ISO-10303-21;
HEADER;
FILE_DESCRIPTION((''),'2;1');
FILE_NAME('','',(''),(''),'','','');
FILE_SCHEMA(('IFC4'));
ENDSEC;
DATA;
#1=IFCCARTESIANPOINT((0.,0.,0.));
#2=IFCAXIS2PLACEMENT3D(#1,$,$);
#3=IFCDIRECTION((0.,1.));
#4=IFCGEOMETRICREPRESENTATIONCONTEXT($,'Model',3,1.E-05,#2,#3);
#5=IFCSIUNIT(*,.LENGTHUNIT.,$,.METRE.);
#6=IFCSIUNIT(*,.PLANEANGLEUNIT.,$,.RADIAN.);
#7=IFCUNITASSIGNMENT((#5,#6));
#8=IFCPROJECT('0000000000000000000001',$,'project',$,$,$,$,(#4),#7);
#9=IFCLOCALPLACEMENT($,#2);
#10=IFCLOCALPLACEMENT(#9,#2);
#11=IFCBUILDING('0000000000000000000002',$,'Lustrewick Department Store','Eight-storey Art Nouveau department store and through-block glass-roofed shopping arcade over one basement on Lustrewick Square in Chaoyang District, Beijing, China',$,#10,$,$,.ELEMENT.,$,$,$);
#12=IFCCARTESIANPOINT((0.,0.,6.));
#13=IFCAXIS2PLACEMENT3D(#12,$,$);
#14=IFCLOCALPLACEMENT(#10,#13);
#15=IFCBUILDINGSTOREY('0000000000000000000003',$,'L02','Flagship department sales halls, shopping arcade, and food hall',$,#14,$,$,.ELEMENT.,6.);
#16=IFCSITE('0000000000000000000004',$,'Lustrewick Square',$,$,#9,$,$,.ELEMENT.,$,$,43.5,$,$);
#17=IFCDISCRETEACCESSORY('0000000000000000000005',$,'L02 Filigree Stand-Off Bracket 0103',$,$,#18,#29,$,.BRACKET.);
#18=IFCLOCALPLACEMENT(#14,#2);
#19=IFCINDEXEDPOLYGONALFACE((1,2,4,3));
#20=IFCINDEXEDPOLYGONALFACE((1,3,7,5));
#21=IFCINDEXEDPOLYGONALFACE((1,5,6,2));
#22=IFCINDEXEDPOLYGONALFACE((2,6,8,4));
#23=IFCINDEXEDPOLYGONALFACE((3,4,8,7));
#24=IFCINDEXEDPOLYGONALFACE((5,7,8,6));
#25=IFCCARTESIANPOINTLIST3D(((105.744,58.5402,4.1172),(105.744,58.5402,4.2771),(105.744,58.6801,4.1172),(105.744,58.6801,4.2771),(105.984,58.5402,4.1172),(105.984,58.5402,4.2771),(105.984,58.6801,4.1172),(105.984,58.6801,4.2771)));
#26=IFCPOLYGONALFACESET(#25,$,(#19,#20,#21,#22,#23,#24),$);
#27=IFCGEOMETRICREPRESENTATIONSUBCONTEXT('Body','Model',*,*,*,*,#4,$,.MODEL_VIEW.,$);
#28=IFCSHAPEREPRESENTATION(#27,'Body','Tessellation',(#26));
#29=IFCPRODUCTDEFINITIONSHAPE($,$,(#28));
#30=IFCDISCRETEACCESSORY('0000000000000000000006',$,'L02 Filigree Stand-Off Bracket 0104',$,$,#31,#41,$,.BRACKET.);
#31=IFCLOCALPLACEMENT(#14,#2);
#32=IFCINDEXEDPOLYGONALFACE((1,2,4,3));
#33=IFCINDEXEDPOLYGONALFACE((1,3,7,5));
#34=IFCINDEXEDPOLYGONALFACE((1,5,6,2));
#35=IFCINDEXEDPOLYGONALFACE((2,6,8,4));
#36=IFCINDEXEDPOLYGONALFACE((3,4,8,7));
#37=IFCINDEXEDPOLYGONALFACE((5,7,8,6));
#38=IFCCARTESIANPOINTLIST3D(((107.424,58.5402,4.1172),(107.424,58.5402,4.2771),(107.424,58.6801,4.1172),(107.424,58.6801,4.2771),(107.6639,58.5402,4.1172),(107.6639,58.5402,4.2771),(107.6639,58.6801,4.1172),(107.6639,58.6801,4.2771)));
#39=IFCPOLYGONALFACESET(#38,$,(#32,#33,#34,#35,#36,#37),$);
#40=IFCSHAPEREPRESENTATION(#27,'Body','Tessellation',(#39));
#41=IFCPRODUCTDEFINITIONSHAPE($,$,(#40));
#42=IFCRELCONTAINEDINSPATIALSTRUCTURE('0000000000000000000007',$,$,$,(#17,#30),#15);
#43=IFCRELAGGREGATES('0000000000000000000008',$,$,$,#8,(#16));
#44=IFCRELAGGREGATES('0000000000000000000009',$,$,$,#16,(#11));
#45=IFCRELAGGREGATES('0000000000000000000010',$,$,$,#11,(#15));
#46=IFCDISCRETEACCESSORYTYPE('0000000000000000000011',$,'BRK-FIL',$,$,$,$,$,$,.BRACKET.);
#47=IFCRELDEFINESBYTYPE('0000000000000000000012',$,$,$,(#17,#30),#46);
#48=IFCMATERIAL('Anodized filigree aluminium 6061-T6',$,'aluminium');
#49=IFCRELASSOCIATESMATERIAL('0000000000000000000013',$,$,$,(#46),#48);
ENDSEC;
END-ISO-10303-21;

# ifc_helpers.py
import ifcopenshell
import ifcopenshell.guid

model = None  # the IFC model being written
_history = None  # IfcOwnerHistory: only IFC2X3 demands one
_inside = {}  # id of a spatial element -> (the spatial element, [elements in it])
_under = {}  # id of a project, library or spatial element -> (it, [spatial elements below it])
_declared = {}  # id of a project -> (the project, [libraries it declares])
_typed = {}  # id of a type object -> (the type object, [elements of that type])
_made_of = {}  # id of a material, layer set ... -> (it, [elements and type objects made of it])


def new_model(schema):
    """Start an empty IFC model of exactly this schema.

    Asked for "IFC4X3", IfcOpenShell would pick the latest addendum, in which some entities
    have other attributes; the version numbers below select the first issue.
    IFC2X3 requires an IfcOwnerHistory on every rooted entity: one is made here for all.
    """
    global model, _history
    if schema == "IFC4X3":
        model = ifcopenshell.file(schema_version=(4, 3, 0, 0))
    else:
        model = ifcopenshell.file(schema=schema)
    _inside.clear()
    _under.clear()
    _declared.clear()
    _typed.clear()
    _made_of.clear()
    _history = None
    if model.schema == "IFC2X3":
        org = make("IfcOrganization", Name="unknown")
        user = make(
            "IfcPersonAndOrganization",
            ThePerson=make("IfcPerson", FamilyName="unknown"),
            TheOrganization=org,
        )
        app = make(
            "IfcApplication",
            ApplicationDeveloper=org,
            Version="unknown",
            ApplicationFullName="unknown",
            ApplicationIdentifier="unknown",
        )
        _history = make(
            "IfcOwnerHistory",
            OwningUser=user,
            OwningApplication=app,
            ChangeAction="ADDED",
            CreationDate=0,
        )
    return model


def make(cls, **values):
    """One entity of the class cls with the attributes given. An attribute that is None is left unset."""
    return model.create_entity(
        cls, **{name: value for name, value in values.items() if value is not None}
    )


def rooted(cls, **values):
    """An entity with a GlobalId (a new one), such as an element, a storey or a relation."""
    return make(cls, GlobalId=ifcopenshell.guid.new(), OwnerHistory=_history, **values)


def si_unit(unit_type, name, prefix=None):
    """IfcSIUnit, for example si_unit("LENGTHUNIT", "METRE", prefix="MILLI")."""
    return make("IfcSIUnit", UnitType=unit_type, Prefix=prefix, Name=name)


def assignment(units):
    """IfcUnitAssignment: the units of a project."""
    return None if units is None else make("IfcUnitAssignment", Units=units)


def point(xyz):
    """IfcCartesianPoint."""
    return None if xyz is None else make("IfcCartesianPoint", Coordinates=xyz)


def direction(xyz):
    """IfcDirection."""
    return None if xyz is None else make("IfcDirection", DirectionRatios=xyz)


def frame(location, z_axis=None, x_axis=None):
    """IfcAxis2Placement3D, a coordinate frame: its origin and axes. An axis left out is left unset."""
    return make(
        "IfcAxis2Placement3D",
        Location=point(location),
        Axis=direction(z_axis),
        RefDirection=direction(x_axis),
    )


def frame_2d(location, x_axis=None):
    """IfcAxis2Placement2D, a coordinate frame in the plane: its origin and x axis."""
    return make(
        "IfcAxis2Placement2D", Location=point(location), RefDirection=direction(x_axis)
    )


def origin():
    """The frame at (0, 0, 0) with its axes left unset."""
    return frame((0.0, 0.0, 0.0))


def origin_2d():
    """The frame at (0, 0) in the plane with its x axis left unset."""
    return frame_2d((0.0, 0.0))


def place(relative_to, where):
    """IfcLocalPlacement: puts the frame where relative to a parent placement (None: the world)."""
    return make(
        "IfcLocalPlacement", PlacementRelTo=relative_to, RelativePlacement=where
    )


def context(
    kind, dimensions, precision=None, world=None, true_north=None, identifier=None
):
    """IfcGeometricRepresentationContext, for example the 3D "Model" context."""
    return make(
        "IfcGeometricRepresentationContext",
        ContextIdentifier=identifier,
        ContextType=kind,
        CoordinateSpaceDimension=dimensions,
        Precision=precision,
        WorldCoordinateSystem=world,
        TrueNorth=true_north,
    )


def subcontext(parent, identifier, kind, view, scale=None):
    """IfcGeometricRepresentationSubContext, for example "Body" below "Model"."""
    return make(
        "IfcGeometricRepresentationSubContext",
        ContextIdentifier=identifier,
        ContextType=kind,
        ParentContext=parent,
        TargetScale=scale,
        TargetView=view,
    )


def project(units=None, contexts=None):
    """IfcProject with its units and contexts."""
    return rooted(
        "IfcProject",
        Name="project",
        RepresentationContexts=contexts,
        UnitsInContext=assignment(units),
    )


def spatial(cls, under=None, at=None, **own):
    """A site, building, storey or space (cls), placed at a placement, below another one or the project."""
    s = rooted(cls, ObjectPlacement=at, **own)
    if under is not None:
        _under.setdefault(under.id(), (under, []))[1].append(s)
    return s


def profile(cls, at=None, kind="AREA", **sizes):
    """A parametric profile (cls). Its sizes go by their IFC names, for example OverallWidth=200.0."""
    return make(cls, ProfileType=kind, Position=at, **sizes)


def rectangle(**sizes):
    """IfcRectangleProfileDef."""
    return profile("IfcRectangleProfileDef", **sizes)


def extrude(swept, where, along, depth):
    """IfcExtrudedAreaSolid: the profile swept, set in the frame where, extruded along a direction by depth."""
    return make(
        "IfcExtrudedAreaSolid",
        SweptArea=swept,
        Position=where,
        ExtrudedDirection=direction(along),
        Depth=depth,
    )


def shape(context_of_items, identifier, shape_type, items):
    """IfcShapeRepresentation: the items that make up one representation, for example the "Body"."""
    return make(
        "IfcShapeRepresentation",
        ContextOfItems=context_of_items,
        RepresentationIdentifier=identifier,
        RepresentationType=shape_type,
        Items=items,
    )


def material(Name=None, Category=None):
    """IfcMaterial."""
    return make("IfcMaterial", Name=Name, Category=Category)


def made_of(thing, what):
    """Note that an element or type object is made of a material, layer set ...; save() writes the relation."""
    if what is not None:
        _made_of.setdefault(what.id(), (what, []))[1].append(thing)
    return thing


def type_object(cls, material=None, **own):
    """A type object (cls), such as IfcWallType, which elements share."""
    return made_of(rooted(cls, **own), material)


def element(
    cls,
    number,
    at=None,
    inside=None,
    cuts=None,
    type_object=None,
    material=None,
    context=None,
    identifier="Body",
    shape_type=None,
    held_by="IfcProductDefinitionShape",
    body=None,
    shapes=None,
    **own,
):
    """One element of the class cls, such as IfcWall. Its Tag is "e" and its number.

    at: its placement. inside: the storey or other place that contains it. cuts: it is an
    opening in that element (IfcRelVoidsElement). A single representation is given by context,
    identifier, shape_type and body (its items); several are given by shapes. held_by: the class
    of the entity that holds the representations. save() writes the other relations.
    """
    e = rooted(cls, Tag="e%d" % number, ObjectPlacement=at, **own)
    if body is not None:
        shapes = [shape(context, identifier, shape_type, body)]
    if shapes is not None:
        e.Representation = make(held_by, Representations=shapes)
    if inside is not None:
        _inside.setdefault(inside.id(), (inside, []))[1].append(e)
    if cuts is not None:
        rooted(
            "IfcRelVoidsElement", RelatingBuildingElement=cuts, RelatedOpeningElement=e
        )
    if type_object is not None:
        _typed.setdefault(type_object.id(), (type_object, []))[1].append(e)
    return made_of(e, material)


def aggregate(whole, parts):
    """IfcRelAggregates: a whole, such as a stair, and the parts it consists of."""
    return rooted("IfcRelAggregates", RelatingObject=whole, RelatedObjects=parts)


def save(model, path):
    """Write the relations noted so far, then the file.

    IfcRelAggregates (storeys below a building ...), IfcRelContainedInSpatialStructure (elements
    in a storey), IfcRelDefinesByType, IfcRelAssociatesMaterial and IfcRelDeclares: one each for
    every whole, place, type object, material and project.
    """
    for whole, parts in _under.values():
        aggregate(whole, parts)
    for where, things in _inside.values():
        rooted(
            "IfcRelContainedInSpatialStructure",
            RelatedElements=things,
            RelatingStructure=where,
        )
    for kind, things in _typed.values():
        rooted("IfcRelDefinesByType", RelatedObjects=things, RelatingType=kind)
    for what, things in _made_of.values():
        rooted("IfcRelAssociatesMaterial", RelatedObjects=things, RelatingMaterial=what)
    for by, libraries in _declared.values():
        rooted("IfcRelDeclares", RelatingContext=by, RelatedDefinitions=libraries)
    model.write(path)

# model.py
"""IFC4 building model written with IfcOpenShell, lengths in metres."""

from ifc_helpers import new_model, si_unit, direction, frame, origin, origin_2d, place, context, subcontext, project, spatial, rectangle, extrude, material, type_object, element, save


model = new_model("IFC4")

# Units and contexts
model_context = context("Model", 3, precision=1e-05, world=origin(), true_north=direction((0.0, 1.0)))
body_context = subcontext(model_context, "Body", "Model", "MODEL_VIEW")
ifc_project = project(units=[si_unit("LENGTHUNIT", "METRE"), si_unit("PLANEANGLEUNIT", "RADIAN")], contexts=[model_context])

# Site, building, storey
site_placement = place(None, origin())
site = spatial("IfcSite", under=ifc_project, at=site_placement, Name="Lustrewick Square", CompositionType="ELEMENT", RefElevation=43.5)
building_placement = place(site_placement, origin())
building = spatial("IfcBuilding", under=site, at=building_placement, Name="Lustrewick Department Store", Description="Eight-storey Art Nouveau department store and through-block glass-roofed shopping arcade over one basement on Lustrewick Square in Chaoyang District, Beijing, China", CompositionType="ELEMENT")
storey_placement = place(building_placement, frame((0.0, 0.0, 6.0)))
storey = spatial("IfcBuildingStorey", under=building, at=storey_placement, Name="L02", Description="Flagship department sales halls, shopping arcade, and food hall", CompositionType="ELEMENT", Elevation=6.0)

# Discrete accessories
ifc_material_1 = material(Name="Anodized filigree aluminium 6061-T6", Category="aluminium")
discrete_accessory_type = type_object("IfcDiscreteAccessoryType", Name="BRK-FIL", PredefinedType="BRACKET", material=ifc_material_1)
for number, where, z_axis, x_axis, name in (
    (1, (105.864, 58.6101, 4.1172), (0.0, 0.0, 1.0), (1.0, 0.0, 0.0), "L02 Filigree Stand-Off Bracket 0103"),
    (2, (107.5439, 58.6101, 4.1172), (0.0, 0.0, 1.0), (1.0, 0.0, 0.0), "L02 Filigree Stand-Off Bracket 0104"),
):
    element("IfcDiscreteAccessory", number, at=place(storey_placement, frame(where, z_axis=z_axis, x_axis=x_axis)), inside=storey, type_object=discrete_accessory_type, Name=name, PredefinedType="BRACKET", context=body_context, shape_type="SweptSolid", body=[
        extrude(rectangle(XDim=0.24, YDim=0.1399, at=origin_2d()), origin(), (0.0, 0.0, 1.0), 0.1599),
    ])

save(model, "model.ifc")
